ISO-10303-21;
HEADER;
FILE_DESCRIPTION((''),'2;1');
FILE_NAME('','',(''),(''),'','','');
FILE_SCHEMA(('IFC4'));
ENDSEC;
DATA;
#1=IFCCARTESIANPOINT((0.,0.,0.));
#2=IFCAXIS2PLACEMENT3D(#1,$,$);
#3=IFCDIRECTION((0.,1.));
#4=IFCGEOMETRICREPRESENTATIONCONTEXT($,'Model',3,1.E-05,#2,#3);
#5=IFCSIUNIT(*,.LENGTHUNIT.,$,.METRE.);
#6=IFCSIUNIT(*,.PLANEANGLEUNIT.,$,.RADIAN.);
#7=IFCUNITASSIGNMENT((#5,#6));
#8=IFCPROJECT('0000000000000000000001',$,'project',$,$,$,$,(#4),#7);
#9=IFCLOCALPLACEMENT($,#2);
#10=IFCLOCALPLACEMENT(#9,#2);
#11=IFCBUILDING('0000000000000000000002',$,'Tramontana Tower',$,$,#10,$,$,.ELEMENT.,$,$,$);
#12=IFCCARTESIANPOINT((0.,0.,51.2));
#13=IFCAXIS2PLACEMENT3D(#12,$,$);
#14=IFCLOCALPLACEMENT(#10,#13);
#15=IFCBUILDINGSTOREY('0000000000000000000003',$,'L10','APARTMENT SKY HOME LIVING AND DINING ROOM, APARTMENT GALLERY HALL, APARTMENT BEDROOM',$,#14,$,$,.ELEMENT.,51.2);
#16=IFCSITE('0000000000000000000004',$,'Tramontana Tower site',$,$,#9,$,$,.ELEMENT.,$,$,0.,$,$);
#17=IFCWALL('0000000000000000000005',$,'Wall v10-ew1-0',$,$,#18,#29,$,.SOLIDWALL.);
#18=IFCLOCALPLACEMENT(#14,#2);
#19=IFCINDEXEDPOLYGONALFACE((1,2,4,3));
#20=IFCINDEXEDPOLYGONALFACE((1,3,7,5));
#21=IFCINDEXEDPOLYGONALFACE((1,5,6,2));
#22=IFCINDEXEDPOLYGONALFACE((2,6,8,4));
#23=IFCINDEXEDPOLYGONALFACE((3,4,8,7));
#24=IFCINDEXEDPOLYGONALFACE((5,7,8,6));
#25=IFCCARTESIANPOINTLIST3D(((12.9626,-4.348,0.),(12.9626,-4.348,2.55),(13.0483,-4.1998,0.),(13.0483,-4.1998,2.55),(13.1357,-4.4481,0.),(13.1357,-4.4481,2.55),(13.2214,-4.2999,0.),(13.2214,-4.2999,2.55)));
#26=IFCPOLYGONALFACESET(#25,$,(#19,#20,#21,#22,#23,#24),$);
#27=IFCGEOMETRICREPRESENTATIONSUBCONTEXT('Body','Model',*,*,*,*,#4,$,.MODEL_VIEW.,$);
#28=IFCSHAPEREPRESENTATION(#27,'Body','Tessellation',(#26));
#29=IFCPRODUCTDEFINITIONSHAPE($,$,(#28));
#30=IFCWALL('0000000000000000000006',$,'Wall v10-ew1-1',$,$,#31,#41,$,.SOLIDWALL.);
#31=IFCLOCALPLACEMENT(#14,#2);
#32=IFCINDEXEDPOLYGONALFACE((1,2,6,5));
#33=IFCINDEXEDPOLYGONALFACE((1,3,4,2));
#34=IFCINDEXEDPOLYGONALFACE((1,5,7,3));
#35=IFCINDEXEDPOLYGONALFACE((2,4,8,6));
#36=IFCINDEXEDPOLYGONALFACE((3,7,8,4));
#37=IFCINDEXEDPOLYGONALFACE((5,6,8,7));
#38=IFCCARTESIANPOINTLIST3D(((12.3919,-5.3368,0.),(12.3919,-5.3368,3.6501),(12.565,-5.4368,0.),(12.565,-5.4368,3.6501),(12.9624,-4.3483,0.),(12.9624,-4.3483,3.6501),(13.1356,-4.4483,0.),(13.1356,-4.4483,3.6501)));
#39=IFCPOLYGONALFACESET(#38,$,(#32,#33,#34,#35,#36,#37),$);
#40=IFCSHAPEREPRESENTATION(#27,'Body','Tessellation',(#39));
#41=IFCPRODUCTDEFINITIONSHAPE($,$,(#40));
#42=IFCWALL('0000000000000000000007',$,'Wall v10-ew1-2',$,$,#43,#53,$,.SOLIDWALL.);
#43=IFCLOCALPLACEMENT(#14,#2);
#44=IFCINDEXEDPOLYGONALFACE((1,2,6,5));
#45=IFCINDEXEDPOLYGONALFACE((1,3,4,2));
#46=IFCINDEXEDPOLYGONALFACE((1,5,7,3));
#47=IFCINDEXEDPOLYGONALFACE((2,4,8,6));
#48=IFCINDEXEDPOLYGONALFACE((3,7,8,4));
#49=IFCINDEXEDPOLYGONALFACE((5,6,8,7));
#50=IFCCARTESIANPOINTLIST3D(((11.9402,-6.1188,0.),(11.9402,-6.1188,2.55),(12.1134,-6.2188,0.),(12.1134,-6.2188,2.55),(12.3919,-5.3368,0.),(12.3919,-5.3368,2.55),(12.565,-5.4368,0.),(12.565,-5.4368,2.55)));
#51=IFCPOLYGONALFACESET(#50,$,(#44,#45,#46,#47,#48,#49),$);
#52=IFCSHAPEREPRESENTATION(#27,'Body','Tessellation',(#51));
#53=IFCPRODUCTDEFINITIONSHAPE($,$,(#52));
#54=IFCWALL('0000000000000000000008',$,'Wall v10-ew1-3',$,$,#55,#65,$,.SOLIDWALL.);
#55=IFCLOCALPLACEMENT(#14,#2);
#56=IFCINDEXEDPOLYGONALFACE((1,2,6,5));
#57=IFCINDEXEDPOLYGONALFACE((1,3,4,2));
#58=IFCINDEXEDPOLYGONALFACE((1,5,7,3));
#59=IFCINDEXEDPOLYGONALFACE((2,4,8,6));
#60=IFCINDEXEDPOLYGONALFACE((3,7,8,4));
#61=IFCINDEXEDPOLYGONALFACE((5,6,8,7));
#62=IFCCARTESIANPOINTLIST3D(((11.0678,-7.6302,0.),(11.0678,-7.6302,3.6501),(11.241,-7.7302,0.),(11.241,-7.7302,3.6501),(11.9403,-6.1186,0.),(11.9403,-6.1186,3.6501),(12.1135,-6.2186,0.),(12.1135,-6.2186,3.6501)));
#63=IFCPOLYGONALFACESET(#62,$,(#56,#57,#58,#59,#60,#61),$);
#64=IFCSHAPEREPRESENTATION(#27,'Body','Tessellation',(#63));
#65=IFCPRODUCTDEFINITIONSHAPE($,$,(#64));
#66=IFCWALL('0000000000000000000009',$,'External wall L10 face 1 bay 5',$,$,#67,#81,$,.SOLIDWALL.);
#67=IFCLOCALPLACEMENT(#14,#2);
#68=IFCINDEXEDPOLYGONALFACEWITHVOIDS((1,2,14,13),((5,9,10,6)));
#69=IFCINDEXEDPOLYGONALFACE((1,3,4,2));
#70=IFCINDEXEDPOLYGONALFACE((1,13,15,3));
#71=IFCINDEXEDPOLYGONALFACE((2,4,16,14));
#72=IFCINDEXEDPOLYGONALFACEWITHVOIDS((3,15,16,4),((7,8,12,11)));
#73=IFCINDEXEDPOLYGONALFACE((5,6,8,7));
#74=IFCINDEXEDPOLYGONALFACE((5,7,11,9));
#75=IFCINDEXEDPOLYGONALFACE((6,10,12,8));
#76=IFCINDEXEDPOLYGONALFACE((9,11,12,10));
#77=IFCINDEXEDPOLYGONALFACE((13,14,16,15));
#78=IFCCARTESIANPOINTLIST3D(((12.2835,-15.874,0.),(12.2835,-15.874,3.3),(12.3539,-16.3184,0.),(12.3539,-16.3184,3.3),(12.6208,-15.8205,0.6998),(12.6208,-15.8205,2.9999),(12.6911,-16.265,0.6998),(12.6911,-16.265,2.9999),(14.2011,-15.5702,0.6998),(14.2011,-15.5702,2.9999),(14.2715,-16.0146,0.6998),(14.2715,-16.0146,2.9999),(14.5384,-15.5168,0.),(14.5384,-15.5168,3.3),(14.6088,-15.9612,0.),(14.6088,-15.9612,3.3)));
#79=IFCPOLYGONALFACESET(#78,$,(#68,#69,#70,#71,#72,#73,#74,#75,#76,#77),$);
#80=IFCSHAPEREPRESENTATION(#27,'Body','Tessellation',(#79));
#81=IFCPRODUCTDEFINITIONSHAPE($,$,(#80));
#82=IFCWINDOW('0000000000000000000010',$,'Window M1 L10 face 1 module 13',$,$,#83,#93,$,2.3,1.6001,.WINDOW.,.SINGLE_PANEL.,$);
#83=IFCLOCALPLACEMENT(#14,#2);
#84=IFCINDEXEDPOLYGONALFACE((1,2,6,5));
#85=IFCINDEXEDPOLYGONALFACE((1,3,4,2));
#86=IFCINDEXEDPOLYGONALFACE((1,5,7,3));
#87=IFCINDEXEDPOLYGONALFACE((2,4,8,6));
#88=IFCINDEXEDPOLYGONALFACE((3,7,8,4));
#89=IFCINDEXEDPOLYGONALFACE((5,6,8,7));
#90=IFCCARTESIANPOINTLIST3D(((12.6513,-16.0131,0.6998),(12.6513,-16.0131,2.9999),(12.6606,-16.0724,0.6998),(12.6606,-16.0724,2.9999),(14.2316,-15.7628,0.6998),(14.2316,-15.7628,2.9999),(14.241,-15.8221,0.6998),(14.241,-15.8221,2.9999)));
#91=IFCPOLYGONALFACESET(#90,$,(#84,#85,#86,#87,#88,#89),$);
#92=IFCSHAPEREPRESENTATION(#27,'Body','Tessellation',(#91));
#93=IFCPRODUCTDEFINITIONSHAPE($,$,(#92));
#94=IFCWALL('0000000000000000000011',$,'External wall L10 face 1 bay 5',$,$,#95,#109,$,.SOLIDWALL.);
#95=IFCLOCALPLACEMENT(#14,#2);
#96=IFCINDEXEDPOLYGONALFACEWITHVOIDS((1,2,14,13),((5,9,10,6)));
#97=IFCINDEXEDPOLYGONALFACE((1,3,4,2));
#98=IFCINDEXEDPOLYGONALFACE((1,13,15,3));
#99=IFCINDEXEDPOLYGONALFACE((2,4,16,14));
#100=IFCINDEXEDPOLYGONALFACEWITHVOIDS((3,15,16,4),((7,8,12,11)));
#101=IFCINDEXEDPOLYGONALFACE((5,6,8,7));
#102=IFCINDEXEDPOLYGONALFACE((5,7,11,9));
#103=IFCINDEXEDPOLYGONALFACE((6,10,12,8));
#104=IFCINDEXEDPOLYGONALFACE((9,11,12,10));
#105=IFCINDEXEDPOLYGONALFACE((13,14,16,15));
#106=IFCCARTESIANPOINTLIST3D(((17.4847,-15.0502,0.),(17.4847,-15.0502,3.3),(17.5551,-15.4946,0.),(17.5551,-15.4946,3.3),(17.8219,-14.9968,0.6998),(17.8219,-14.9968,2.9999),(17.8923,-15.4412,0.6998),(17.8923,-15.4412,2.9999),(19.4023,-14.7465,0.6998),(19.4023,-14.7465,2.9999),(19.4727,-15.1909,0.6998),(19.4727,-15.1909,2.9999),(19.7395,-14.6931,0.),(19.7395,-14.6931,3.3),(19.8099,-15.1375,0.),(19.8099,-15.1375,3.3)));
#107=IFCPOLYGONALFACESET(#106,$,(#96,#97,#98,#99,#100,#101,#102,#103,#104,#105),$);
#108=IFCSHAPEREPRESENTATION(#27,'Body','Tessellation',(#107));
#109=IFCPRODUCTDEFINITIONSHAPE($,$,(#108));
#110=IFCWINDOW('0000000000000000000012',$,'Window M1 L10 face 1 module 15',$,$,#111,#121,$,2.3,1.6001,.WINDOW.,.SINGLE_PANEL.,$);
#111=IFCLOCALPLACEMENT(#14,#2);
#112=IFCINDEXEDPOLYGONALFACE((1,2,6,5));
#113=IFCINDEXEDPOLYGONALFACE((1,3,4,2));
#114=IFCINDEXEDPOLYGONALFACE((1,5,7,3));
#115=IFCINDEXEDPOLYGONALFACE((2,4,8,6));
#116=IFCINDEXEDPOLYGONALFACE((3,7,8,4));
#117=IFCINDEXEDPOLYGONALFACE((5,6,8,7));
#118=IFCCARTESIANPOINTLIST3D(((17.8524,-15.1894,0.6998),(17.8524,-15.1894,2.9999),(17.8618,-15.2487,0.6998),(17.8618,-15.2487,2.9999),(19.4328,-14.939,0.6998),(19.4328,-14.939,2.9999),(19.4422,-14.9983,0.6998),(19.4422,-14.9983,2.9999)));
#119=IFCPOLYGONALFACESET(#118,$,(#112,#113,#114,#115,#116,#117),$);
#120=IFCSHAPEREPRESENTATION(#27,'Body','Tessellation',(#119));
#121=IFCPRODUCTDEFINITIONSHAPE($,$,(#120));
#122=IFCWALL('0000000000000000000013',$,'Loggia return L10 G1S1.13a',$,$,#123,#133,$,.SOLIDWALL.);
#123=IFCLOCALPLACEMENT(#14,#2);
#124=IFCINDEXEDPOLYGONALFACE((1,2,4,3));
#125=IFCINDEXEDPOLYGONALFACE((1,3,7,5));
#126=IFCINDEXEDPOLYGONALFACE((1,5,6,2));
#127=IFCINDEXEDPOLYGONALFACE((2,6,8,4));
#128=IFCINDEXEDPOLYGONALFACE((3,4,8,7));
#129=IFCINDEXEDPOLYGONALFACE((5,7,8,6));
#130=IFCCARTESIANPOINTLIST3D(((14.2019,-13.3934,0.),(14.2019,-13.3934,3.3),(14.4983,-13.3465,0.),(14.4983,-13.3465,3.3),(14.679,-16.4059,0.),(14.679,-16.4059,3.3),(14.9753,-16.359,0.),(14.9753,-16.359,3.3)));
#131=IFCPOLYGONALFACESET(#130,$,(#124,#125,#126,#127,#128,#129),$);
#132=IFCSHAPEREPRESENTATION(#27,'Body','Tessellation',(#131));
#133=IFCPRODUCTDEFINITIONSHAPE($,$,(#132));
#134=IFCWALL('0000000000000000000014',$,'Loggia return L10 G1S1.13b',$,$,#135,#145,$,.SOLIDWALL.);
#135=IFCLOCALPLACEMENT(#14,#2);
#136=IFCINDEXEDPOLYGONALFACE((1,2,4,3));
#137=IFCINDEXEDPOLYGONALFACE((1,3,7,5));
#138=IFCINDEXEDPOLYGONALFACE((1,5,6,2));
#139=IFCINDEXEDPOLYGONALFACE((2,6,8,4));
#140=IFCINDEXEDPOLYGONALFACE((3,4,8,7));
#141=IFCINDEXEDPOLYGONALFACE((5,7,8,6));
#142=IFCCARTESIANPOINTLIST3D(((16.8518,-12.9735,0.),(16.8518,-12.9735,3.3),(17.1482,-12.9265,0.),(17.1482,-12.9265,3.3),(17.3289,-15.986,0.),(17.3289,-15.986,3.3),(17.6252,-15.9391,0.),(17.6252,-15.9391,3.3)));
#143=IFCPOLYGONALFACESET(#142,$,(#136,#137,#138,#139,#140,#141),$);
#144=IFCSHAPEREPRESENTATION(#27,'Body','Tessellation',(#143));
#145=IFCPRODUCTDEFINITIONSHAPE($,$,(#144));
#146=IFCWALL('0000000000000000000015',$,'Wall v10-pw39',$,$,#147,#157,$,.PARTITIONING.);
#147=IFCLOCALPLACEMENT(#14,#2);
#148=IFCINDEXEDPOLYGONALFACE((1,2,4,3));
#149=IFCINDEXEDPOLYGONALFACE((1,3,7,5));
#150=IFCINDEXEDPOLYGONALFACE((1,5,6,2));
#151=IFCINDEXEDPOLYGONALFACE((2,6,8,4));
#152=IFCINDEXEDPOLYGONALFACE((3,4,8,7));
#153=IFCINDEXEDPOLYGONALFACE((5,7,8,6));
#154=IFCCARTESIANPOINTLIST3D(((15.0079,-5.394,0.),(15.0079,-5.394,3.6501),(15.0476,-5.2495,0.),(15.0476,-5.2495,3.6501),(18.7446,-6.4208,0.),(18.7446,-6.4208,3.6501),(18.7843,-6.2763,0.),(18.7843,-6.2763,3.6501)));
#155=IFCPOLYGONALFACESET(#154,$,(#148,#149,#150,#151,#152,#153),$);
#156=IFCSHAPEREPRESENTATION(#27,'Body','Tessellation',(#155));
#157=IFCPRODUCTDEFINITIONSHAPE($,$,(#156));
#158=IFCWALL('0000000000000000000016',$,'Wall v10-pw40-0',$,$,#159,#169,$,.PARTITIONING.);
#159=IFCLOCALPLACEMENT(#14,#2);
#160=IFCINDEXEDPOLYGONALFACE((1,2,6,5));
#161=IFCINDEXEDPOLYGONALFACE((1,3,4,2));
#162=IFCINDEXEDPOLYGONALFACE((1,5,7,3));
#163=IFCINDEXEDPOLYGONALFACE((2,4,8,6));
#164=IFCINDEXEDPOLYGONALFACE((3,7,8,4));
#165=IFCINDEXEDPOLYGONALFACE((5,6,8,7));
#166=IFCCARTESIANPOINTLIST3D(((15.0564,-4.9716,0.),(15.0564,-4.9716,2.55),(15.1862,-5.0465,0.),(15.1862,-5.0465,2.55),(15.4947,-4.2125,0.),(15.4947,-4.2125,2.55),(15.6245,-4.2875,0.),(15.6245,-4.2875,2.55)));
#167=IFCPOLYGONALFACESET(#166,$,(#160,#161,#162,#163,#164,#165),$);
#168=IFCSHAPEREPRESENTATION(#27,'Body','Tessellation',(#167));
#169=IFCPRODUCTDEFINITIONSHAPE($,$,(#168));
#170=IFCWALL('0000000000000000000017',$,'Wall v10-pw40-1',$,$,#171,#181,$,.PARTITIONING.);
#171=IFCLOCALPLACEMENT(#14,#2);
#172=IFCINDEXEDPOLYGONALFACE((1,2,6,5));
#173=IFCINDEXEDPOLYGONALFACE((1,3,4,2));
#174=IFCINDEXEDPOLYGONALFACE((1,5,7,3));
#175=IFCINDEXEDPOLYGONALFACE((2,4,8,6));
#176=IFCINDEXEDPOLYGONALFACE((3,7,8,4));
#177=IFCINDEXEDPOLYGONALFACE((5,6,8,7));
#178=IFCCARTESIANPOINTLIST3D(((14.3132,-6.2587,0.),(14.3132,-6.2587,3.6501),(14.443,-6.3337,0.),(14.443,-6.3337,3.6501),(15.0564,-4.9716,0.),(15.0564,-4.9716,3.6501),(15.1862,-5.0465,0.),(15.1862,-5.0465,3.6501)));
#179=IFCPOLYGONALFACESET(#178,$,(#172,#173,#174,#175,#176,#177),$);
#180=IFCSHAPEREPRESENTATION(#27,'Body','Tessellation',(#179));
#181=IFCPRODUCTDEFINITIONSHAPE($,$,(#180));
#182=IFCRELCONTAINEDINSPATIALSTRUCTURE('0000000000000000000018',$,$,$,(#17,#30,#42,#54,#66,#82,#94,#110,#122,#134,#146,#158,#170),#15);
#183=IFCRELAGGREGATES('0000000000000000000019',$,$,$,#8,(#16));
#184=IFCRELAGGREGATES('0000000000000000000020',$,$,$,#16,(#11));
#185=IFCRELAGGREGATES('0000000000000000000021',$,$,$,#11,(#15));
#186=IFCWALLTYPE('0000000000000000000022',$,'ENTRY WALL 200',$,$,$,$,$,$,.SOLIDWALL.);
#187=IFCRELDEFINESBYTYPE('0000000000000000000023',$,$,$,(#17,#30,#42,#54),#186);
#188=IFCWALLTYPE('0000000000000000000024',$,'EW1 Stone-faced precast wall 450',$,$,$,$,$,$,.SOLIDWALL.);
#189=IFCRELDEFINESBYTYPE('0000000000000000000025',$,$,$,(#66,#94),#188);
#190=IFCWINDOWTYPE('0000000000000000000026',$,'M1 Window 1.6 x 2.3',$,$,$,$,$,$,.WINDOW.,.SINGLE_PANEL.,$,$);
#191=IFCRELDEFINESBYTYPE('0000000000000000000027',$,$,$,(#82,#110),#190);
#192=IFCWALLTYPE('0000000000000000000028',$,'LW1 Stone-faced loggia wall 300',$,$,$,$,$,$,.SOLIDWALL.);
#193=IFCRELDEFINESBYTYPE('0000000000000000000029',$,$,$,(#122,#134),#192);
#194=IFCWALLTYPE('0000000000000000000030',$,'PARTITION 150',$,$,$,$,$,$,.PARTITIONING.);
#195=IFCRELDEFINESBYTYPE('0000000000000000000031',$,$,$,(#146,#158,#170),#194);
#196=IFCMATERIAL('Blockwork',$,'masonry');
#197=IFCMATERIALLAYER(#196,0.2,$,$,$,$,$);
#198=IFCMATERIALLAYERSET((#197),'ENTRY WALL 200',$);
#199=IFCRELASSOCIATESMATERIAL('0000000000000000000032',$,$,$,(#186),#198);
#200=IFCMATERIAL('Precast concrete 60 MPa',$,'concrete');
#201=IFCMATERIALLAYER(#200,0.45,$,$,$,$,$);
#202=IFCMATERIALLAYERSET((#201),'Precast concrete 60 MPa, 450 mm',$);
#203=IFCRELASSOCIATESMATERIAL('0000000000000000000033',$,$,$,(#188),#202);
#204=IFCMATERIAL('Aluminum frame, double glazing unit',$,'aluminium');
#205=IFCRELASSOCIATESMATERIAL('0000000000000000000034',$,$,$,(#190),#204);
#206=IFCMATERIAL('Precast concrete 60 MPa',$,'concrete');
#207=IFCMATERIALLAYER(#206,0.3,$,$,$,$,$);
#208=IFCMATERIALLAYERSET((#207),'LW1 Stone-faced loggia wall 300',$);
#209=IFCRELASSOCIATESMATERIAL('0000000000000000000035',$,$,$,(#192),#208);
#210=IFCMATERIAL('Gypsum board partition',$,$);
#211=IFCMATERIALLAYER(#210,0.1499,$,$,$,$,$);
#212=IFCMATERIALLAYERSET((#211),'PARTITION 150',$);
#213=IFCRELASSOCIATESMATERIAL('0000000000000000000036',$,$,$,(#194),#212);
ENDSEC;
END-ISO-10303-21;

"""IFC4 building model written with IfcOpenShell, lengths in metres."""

from ifc_helpers import new_model, si_unit, direction, frame, frame_2d, origin, place, context, subcontext, project, spatial, rectangle, extrude, material, layer, layer_set, type_object, element, fill, save


model = new_model("IFC4")

# Units and contexts
model_context = context("Model", 3, precision=1e-05, world=origin(), true_north=direction((0.0, 1.0)))
body_context = subcontext(model_context, "Body", "Model", "MODEL_VIEW")
ifc_project = project(units=[si_unit("LENGTHUNIT", "METRE"), si_unit("PLANEANGLEUNIT", "RADIAN")], contexts=[model_context])

# Site, building, storey
site_placement = place(None, origin())
site = spatial("IfcSite", under=ifc_project, at=site_placement, Name="Tramontana Tower site", CompositionType="ELEMENT", RefElevation=0.0)
building_placement = place(site_placement, origin())
building = spatial("IfcBuilding", under=site, at=building_placement, Name="Tramontana Tower", CompositionType="ELEMENT")
storey_placement = place(building_placement, frame((0.0, 0.0, 51.2)))
storey = spatial("IfcBuildingStorey", under=building, at=storey_placement, Name="L10", Description="APARTMENT SKY HOME LIVING AND DINING ROOM, APARTMENT GALLERY HALL, APARTMENT BEDROOM", CompositionType="ELEMENT", Elevation=51.2)

# Shared definitions
ifc_material_1 = material(Name="Blockwork", Category="masonry")
ifc_layer_1 = layer(ifc_material_1, 0.2)
ifc_layer_set_1 = layer_set([ifc_layer_1], Name="ENTRY WALL 200")
wall_type_1 = type_object("IfcWallType", Name="ENTRY WALL 200", PredefinedType="SOLIDWALL", material=ifc_layer_set_1)

# Walls
wall_1_placement = place(storey_placement, frame((13.1348, -4.25, 0.0), z_axis=(0.0, 0.0, 1.0), x_axis=(-0.500586, -0.865687, 0.0)))
element("IfcWall", 1, at=wall_1_placement, inside=storey, type_object=wall_type_1, Name="Wall v10-ew1-0", PredefinedType="SOLIDWALL", context=body_context, shape_type="SweptSolid", body=[
    extrude(rectangle(XDim=0.1711, YDim=0.2, at=frame_2d((0.0854, 0.0))), origin(), (0.0, 0.0, 1.0), 2.55),
])
wall_2_placement = place(storey_placement, frame((13.0491, -4.3982, 0.0), z_axis=(0.0, 0.0, 1.0), x_axis=(-0.499889, -0.866089, 0.0)))
element("IfcWall", 2, at=wall_2_placement, inside=storey, type_object=wall_type_1, Name="Wall v10-ew1-1", PredefinedType="SOLIDWALL", context=body_context, shape_type="SweptSolid", body=[
    extrude(rectangle(XDim=1.1414, YDim=0.2, at=frame_2d((0.5708, 0.0))), origin(), (0.0, 0.0, 1.0), 3.6501),
])
wall_3_placement = place(storey_placement, frame((12.4785, -5.3867, 0.0), z_axis=(0.0, 0.0, 1.0), x_axis=(-0.500151, -0.865938, 0.0)))
element("IfcWall", 3, at=wall_3_placement, inside=storey, type_object=wall_type_1, Name="Wall v10-ew1-2", PredefinedType="SOLIDWALL", context=body_context, shape_type="SweptSolid", body=[
    extrude(rectangle(XDim=0.9031, YDim=0.2, at=frame_2d((0.4517, 0.0))), origin(), (0.0, 0.0, 1.0), 2.55),
])
wall_4_placement = place(storey_placement, frame((12.0269, -6.1687, 0.0), z_axis=(0.0, 0.0, 1.0), x_axis=(-0.4999, -0.866083, 0.0)))
element("IfcWall", 4, at=wall_4_placement, inside=storey, type_object=wall_type_1, Name="Wall v10-ew1-3", PredefinedType="SOLIDWALL", context=body_context, shape_type="SweptSolid", body=[
    extrude(rectangle(XDim=1.7454, YDim=0.2, at=frame_2d((0.8726, 0.0))), origin(), (0.0, 0.0, 1.0), 3.6501),
])

# Walls, openings, windows
ifc_material_2 = material(Name="Precast concrete 60 MPa", Category="concrete")
ifc_layer_2 = layer(ifc_material_2, 0.45)
ifc_layer_set_2 = layer_set([ifc_layer_2], Name="Precast concrete 60 MPa, 450 mm")
wall_type_2 = type_object("IfcWallType", Name="EW1 Stone-faced precast wall 450", PredefinedType="SOLIDWALL", material=ifc_layer_set_2)
wall_5_placement = place(storey_placement, frame((12.3186, -16.0962, 0.0), z_axis=(0.0, 0.0, 1.0), x_axis=(0.987686, 0.156451, 0.0)))
wall_5 = element("IfcWall", 5, at=wall_5_placement, inside=storey, type_object=wall_type_2, Name="External wall L10 face 1 bay 5", PredefinedType="SOLIDWALL", context=body_context, shape_type="SweptSolid", body=[
    extrude(rectangle(XDim=2.283, YDim=0.45, at=frame_2d((1.1416, 0.0))), origin(), (0.0, 0.0, 1.0), 3.3),
])
opening_1_placement = place(wall_5_placement, frame((0.3416, 0.0, 0.7)))
opening_1 = element("IfcOpeningElement", 6, at=opening_1_placement, cuts=wall_5, PredefinedType="OPENING", context=body_context, shape_type="SweptSolid", body=[
    extrude(rectangle(XDim=1.6001, YDim=2.3, at=frame_2d((0.8, 1.1499))), frame((0.0, 0.2349, 0.0), z_axis=(0.0, -1.0, 0.0), x_axis=(1.0, 0.0, 0.0)), (0.0, 0.0, 1.0), 0.47),
])
ifc_material_3 = material(Name="Aluminum frame, double glazing unit", Category="aluminium")
window_type = type_object("IfcWindowType", Name="M1 Window 1.6 x 2.3", PartitioningType="SINGLE_PANEL", PredefinedType="WINDOW", material=ifc_material_3)
window_1_placement = place(opening_1_placement, origin())
window_1 = element("IfcWindow", 7, at=window_1_placement, inside=storey, type_object=window_type, Name="Window M1 L10 face 1 module 13", OverallHeight=2.3, OverallWidth=1.6001, PartitioningType="SINGLE_PANEL", PredefinedType="WINDOW", context=body_context, shape_type="SweptSolid", body=[
    extrude(rectangle(XDim=1.6001, YDim=2.3, at=frame_2d((0.8, 1.1499))), frame((0.0, 0.03, 0.0), z_axis=(0.0, -1.0, 0.0), x_axis=(1.0, 0.0, 0.0)), (0.0, 0.0, 1.0), 0.0601),
])
fill(opening_1, window_1)
wall_6_placement = place(storey_placement, frame((17.5198, -15.2725, 0.0), z_axis=(0.0, 0.0, 1.0), x_axis=(0.987686, 0.156451, 0.0)))
wall_6 = element("IfcWall", 8, at=wall_6_placement, inside=storey, type_object=wall_type_2, Name="External wall L10 face 1 bay 5", PredefinedType="SOLIDWALL", context=body_context, shape_type="SweptSolid", body=[
    extrude(rectangle(XDim=2.283, YDim=0.45, at=frame_2d((1.1416, 0.0))), origin(), (0.0, 0.0, 1.0), 3.3),
])
opening_2_placement = place(wall_6_placement, frame((0.3416, 0.0, 0.7)))
opening_2 = element("IfcOpeningElement", 9, at=opening_2_placement, cuts=wall_6, PredefinedType="OPENING", context=body_context, shape_type="SweptSolid", body=[
    extrude(rectangle(XDim=1.6001, YDim=2.3, at=frame_2d((0.8, 1.1499))), frame((0.0, 0.2349, 0.0), z_axis=(0.0, -1.0, 0.0), x_axis=(1.0, 0.0, 0.0)), (0.0, 0.0, 1.0), 0.47),
])
window_2_placement = place(opening_2_placement, origin())
window_2 = element("IfcWindow", 10, at=window_2_placement, inside=storey, type_object=window_type, Name="Window M1 L10 face 1 module 15", OverallHeight=2.3, OverallWidth=1.6001, PartitioningType="SINGLE_PANEL", PredefinedType="WINDOW", context=body_context, shape_type="SweptSolid", body=[
    extrude(rectangle(XDim=1.6001, YDim=2.3, at=frame_2d((0.8, 1.1499))), frame((0.0, 0.03, 0.0), z_axis=(0.0, -1.0, 0.0), x_axis=(1.0, 0.0, 0.0)), (0.0, 0.0, 1.0), 0.0601),
])
fill(opening_2, window_2)

# Shared definitions
ifc_material_4 = material(Name="Precast concrete 60 MPa", Category="concrete")
ifc_layer_3 = layer(ifc_material_4, 0.3)
ifc_layer_set_3 = layer_set([ifc_layer_3], Name="LW1 Stone-faced loggia wall 300")
wall_type_3 = type_object("IfcWallType", Name="LW1 Stone-faced loggia wall 300", PredefinedType="SOLIDWALL", material=ifc_layer_set_3)

# Walls
for number, where, z_axis, x_axis, name in (
    (11, (14.8271, -16.3823, 0.0), (0.0, 0.0, 1.0), (-0.156411, 0.987692, 0.0), "Loggia return L10 G1S1.13a"),
    (12, (17.4771, -15.9624, 0.0), (0.0, 0.0, 1.0), (-0.156411, 0.987692, 0.0), "Loggia return L10 G1S1.13b"),
):
    element("IfcWall", number, at=place(storey_placement, frame(where, z_axis=z_axis, x_axis=x_axis)), inside=storey, type_object=wall_type_3, Name=name, PredefinedType="SOLIDWALL", context=body_context, shape_type="SweptSolid", body=[
        extrude(rectangle(XDim=3.05, YDim=0.3, at=frame_2d((1.5249, 0.0))), origin(), (0.0, 0.0, 1.0), 3.3),
    ])
ifc_material_5 = material(Name="Gypsum board partition")
ifc_layer_4 = layer(ifc_material_5, 0.1499)
ifc_layer_set_4 = layer_set([ifc_layer_4], Name="PARTITION 150")
wall_type_4 = type_object("IfcWallType", Name="PARTITION 150", PredefinedType="PARTITIONING", material=ifc_layer_set_4)
wall_7_placement = place(storey_placement, frame((15.0278, -5.3218, 0.0), z_axis=(0.0, 0.0, 1.0), x_axis=(0.964256, -0.264972, 0.0)))
element("IfcWall", 13, at=wall_7_placement, inside=storey, type_object=wall_type_4, Name="Wall v10-pw39", PredefinedType="PARTITIONING", context=body_context, shape_type="SweptSolid", body=[
    extrude(rectangle(XDim=3.8752, YDim=0.1499, at=frame_2d((1.9375, 0.0))), origin(), (0.0, 0.0, 1.0), 3.6501),
])
wall_8_placement = place(storey_placement, frame((15.5596, -4.25, 0.0), z_axis=(0.0, 0.0, 1.0), x_axis=(-0.500004, -0.866023, 0.0)))
element("IfcWall", 14, at=wall_8_placement, inside=storey, type_object=wall_type_4, Name="Wall v10-pw40-0", PredefinedType="PARTITIONING", context=body_context, shape_type="SweptSolid", body=[
    extrude(rectangle(XDim=0.8765, YDim=0.1499, at=frame_2d((0.4382, 0.0))), origin(), (0.0, 0.0, 1.0), 2.55),
])
wall_9_placement = place(storey_placement, frame((15.1213, -5.009, 0.0), z_axis=(0.0, 0.0, 1.0), x_axis=(-0.500026, -0.866011, 0.0)))
element("IfcWall", 15, at=wall_9_placement, inside=storey, type_object=wall_type_4, Name="Wall v10-pw40-1", PredefinedType="PARTITIONING", context=body_context, shape_type="SweptSolid", body=[
    extrude(rectangle(XDim=1.4863, YDim=0.1499, at=frame_2d((0.7432, 0.0))), origin(), (0.0, 0.0, 1.0), 3.6501),
])

save(model, "model.ifc")
